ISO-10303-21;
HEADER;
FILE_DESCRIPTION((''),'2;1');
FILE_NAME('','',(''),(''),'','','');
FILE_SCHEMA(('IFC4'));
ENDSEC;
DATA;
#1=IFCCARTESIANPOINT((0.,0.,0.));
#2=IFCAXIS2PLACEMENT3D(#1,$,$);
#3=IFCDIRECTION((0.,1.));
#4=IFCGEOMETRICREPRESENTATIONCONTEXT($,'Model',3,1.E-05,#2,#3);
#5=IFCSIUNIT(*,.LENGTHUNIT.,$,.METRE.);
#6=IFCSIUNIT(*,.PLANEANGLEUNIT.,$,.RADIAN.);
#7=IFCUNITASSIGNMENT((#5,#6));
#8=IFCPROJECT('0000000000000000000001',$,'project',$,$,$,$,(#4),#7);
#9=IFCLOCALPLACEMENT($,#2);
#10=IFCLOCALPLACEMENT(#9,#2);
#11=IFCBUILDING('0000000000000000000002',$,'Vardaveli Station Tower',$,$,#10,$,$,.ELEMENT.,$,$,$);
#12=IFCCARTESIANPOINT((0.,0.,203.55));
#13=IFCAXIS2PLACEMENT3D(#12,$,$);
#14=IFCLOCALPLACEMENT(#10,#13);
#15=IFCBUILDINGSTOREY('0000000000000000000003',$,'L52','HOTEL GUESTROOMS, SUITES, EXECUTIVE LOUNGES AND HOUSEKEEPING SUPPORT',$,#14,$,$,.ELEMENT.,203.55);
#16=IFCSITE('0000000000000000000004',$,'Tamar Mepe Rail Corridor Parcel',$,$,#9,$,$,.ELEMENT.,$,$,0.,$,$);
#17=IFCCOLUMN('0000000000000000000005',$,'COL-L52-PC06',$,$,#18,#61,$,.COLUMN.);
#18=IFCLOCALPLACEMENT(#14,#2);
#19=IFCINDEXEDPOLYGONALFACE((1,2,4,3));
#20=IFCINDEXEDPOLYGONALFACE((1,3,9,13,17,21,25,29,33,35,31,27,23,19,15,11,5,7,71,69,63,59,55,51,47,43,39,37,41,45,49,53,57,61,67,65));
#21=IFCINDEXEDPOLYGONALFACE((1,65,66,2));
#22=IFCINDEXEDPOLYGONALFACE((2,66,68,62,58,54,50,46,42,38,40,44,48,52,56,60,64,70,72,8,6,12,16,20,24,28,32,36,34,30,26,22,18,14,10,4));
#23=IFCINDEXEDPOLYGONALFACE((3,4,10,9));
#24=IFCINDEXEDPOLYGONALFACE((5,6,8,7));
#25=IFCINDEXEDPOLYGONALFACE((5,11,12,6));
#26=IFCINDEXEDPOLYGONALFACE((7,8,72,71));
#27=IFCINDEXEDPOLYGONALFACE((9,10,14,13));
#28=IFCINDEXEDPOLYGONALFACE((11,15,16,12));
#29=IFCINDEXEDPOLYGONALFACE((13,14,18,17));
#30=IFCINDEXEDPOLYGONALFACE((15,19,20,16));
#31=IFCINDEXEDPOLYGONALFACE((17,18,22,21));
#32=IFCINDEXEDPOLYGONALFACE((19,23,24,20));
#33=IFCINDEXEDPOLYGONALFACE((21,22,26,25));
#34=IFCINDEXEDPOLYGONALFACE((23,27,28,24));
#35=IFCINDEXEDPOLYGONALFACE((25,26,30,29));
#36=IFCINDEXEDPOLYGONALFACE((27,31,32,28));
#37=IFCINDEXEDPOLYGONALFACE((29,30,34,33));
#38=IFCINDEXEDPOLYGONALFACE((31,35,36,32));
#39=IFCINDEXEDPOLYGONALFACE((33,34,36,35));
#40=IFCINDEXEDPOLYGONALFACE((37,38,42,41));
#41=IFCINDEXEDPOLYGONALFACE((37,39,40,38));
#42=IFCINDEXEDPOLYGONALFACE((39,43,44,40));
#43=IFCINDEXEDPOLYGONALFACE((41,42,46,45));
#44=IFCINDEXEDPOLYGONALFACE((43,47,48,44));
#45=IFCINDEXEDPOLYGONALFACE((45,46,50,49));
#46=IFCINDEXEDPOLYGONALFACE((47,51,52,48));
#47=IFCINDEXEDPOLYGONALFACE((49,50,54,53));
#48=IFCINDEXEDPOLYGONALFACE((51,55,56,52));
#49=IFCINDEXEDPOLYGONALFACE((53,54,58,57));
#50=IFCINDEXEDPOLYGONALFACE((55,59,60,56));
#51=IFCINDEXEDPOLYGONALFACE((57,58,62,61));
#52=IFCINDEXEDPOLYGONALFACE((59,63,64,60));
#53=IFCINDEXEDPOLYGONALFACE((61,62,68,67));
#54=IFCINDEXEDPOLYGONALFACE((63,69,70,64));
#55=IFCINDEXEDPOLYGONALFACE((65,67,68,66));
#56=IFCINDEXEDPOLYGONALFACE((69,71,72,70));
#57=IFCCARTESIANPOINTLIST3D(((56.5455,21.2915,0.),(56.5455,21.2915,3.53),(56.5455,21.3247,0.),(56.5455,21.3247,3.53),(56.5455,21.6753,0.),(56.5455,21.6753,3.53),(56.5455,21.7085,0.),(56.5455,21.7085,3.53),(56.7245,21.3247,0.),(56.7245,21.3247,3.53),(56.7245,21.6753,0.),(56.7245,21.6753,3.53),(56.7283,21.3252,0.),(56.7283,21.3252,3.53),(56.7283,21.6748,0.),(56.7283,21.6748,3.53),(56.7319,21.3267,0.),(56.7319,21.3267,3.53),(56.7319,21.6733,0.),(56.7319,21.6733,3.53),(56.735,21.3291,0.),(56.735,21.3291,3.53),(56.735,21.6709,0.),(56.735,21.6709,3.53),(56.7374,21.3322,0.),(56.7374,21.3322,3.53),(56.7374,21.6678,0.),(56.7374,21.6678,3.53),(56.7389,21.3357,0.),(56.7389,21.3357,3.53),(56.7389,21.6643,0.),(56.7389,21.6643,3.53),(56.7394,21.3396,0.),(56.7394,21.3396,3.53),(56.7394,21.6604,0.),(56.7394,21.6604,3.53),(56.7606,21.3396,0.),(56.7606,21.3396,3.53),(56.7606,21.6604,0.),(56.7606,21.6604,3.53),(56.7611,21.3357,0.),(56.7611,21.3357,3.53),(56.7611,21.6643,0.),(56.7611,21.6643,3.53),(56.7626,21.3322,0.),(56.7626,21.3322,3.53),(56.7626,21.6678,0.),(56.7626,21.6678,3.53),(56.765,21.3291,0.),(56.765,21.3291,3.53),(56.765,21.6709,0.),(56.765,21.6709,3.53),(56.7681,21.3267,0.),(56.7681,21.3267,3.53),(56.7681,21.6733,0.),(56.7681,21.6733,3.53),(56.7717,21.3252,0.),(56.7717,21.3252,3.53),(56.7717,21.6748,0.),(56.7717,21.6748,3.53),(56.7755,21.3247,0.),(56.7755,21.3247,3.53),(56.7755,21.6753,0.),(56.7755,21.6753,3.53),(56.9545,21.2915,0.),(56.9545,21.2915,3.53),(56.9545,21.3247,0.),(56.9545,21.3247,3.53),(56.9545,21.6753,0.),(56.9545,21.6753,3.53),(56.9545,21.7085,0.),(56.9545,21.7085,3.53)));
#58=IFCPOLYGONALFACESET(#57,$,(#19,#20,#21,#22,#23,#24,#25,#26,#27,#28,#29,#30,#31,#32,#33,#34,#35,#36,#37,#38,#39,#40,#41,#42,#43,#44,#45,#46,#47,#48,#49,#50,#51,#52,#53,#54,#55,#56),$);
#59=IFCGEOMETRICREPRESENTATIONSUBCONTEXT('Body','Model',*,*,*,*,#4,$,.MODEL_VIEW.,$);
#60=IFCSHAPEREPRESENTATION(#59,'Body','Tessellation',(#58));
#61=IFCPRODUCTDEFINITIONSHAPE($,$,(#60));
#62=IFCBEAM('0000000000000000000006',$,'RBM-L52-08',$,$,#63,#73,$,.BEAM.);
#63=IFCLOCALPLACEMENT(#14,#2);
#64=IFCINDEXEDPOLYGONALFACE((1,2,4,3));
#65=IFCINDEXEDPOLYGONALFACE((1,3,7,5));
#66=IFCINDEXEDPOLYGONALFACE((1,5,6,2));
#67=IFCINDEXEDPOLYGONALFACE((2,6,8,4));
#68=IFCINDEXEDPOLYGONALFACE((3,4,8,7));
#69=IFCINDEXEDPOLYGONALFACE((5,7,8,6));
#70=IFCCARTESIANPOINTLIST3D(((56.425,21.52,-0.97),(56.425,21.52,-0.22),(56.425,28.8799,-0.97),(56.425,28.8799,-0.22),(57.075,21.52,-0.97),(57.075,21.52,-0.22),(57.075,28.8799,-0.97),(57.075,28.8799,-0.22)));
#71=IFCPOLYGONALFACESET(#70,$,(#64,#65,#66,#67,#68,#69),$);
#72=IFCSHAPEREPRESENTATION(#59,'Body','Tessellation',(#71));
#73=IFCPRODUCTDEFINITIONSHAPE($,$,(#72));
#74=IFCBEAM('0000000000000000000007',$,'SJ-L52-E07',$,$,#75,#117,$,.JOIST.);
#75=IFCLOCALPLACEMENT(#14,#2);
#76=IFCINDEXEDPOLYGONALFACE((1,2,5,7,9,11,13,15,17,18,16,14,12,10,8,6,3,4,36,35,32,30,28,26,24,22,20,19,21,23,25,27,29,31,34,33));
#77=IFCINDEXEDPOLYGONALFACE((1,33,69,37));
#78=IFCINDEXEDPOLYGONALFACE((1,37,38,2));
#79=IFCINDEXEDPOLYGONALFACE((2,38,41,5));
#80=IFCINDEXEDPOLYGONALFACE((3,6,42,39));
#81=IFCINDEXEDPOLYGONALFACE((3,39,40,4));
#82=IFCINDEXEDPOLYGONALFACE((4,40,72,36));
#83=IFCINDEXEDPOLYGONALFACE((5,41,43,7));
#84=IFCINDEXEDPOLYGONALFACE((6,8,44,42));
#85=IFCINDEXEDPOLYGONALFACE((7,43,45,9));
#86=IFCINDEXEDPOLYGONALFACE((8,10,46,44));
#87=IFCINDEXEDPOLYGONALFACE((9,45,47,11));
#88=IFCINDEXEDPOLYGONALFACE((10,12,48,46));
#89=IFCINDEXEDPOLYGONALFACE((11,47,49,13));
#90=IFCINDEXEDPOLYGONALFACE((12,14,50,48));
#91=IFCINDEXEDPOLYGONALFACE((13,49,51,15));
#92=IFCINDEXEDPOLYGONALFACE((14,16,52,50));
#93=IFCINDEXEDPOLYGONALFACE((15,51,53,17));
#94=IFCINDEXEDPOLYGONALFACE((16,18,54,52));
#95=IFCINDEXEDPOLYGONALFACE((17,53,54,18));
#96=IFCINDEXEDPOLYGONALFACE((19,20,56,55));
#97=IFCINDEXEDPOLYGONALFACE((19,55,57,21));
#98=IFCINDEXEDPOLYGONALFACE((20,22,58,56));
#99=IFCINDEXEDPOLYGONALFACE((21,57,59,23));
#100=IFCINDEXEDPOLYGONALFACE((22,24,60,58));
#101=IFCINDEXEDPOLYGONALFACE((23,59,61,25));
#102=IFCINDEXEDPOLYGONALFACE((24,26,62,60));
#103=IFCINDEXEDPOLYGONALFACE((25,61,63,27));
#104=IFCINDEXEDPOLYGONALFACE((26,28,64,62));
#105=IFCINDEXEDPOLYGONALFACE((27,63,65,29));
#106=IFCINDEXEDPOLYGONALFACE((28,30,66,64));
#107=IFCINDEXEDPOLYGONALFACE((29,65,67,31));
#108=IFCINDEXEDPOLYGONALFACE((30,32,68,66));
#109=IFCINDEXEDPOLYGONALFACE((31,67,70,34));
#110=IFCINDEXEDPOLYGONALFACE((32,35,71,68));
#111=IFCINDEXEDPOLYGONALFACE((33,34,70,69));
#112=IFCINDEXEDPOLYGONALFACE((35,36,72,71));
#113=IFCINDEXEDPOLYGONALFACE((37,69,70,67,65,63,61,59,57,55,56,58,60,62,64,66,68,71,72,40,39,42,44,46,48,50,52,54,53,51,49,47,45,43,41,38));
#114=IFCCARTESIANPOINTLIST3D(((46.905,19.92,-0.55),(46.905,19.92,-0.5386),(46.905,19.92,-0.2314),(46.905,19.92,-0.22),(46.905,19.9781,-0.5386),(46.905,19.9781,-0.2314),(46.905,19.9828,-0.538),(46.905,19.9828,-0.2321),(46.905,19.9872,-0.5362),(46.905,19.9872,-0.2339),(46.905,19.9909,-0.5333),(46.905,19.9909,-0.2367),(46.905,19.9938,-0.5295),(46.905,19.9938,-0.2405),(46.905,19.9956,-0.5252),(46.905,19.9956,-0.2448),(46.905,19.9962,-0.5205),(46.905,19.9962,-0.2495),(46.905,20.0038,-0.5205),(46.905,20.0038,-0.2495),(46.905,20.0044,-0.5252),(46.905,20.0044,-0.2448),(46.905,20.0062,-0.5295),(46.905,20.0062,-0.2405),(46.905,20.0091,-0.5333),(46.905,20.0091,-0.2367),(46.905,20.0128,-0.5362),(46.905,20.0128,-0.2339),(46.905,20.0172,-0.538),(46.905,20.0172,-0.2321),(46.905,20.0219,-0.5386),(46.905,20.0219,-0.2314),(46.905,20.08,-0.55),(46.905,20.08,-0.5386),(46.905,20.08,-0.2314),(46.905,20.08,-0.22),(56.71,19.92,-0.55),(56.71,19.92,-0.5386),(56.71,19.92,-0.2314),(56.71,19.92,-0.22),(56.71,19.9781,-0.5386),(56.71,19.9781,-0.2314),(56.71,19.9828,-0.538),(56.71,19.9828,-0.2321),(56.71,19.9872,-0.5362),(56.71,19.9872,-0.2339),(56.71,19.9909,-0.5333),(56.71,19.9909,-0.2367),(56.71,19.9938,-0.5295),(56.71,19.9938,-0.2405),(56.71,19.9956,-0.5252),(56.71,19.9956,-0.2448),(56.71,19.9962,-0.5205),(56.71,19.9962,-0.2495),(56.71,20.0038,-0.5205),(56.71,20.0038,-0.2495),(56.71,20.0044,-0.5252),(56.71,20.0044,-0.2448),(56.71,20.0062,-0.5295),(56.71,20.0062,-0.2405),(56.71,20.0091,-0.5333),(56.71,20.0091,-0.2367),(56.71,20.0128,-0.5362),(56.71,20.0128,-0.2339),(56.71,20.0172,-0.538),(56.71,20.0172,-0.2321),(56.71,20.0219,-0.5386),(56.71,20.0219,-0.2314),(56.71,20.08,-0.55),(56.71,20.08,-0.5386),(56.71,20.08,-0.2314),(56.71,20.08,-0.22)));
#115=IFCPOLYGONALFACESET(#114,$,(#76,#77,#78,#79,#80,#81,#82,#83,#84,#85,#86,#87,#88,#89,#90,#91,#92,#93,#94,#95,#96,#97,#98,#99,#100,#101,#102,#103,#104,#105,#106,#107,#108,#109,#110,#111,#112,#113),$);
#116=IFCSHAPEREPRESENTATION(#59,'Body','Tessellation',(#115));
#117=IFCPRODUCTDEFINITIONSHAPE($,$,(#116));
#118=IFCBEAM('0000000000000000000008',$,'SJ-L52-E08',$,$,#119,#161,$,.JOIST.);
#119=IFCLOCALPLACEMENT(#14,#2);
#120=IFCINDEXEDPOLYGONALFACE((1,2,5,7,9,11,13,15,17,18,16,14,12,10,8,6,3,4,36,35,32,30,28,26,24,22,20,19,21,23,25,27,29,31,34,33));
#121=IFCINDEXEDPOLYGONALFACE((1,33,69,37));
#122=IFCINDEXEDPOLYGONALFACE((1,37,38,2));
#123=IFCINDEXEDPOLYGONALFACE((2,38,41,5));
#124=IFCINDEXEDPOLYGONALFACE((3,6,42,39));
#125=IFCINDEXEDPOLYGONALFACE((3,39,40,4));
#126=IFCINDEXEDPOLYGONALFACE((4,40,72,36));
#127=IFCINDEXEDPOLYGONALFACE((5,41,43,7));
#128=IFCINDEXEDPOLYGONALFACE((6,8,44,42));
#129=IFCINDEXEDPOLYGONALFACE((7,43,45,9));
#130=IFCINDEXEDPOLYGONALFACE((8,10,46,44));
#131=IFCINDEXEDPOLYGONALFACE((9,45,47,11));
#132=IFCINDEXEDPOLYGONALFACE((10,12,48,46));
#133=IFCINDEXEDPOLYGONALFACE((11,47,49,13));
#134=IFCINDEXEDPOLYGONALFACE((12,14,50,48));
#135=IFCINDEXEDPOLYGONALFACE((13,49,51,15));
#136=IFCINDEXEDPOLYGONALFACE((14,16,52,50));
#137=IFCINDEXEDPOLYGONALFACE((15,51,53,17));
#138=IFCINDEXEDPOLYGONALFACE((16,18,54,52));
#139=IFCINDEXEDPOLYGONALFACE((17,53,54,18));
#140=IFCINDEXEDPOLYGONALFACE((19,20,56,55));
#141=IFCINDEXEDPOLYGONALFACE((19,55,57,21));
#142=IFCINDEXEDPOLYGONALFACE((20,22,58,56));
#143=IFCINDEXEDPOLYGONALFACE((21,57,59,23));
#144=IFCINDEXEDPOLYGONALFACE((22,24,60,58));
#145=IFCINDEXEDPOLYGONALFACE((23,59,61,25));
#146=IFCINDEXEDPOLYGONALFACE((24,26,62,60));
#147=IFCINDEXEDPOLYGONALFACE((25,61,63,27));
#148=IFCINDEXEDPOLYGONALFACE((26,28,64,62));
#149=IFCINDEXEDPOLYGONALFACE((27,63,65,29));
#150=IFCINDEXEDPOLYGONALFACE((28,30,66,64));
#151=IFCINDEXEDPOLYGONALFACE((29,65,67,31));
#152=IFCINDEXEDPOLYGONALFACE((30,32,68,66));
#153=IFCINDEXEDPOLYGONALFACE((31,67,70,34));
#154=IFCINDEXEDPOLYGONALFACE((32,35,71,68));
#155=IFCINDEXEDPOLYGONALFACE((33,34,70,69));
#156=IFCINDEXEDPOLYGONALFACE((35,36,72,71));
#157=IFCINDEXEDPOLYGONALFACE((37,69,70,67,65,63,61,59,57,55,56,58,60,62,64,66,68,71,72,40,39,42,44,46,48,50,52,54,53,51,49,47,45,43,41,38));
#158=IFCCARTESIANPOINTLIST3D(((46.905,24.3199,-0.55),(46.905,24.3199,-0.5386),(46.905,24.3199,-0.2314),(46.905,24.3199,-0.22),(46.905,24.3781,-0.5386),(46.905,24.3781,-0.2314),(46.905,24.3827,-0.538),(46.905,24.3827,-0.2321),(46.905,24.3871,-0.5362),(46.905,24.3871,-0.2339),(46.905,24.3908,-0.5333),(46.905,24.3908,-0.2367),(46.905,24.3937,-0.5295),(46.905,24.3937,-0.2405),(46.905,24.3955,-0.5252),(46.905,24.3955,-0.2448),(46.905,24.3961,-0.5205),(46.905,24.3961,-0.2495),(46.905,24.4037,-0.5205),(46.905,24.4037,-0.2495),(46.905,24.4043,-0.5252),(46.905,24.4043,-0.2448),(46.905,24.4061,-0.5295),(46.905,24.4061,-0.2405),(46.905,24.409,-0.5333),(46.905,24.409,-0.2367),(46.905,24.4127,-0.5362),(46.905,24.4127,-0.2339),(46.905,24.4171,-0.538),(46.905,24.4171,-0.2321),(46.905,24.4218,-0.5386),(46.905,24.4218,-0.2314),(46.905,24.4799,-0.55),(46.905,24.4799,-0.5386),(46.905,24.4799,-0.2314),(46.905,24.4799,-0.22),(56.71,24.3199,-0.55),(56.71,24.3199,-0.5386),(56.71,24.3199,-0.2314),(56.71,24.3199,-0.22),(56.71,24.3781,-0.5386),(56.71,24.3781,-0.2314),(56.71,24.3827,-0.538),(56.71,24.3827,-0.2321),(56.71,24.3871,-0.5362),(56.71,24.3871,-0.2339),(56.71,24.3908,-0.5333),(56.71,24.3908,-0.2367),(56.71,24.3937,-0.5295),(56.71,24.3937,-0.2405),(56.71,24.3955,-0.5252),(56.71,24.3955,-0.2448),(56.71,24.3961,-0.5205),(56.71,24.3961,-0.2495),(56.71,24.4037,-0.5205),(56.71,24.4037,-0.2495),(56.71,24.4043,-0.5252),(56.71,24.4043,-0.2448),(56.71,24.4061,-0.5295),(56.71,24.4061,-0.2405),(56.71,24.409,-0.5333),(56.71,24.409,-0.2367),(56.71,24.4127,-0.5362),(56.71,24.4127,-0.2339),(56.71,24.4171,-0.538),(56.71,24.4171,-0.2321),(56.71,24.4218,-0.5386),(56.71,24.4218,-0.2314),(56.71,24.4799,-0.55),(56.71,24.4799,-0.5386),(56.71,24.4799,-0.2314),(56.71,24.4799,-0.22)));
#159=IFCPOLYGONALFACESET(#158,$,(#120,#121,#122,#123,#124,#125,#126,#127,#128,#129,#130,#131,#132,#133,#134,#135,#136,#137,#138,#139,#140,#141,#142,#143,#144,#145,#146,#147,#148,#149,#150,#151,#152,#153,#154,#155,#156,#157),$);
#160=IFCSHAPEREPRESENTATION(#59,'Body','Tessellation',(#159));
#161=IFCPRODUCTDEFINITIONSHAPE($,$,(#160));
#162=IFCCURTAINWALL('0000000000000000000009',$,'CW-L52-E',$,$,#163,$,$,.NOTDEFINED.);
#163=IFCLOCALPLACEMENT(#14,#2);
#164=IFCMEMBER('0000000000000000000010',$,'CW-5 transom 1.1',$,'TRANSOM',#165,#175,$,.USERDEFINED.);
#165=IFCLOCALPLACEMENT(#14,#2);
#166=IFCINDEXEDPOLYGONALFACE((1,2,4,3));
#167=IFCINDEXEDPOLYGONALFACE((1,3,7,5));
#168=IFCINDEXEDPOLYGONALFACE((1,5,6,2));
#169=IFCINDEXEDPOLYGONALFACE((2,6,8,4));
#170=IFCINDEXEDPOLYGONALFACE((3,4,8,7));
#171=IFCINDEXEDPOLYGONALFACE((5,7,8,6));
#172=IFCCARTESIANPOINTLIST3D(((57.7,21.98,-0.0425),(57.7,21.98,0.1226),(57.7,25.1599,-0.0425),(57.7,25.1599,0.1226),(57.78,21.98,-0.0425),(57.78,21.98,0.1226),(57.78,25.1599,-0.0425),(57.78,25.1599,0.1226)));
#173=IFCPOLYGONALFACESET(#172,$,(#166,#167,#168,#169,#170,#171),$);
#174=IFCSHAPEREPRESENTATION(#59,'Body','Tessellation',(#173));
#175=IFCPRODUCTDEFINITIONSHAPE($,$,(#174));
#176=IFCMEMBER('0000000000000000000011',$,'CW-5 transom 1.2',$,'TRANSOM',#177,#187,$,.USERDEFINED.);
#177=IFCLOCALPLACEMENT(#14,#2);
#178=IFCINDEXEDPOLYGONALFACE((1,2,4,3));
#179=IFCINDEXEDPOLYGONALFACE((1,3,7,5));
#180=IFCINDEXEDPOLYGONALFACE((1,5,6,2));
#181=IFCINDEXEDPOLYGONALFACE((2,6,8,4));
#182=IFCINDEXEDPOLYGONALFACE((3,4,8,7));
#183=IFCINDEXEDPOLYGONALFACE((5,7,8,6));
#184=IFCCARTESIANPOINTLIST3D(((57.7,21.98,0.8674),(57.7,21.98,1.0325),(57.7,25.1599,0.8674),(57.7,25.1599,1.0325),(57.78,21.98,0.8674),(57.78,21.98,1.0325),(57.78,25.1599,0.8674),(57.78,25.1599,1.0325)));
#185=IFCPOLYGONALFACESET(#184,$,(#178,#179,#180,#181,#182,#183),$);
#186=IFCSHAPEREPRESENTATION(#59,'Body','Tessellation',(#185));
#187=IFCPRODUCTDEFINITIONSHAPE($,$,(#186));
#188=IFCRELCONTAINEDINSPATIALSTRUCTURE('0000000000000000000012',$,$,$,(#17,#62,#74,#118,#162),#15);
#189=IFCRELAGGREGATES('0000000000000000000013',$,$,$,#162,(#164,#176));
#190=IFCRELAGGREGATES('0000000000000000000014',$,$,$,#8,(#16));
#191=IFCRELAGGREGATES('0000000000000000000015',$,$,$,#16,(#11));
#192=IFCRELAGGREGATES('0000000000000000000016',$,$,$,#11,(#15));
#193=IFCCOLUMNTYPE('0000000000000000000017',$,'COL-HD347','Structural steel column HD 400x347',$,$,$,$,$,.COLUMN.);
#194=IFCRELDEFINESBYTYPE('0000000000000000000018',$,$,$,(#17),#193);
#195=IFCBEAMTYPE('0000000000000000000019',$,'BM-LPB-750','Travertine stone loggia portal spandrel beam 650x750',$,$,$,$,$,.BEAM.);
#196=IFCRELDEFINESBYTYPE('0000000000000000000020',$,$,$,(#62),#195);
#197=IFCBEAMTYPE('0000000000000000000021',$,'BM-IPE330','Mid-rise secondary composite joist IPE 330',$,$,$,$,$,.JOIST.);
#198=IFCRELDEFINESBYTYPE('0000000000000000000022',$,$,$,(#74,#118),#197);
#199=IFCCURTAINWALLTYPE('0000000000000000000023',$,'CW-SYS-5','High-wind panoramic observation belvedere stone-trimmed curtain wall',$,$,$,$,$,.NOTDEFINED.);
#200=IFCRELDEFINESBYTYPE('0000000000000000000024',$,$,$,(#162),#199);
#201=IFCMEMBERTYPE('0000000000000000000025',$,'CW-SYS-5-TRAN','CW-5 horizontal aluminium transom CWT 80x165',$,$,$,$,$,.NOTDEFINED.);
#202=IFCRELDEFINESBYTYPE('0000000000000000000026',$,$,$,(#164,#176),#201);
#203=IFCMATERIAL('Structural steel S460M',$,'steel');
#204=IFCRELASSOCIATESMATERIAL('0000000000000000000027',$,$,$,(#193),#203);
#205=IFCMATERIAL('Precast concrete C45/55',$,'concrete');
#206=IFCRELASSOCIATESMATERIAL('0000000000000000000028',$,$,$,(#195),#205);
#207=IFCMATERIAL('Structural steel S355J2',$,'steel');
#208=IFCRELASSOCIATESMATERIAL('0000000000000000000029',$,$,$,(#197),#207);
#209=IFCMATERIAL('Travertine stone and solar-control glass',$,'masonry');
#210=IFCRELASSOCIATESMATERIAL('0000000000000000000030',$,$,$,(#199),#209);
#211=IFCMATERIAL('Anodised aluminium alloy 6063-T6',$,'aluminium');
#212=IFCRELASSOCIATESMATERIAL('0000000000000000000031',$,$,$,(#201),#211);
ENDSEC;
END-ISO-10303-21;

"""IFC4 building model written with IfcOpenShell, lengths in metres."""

from ifc_helpers import new_model, si_unit, direction, frame, origin, origin_2d, place, context, subcontext, project, spatial, rectangle, i_section, extrude, source, transform, mapped, material, material_profile, profile_set, type_object, element, aggregate, save


model = new_model("IFC4")

# Units and contexts
model_context = context("Model", 3, precision=1e-05, world=origin(), true_north=direction((0.0, 1.0)))
body_context = subcontext(model_context, "Body", "Model", "MODEL_VIEW")
ifc_project = project(units=[si_unit("LENGTHUNIT", "METRE"), si_unit("PLANEANGLEUNIT", "RADIAN")], contexts=[model_context])

# Site, building, storey
site_placement = place(None, origin())
site = spatial("IfcSite", under=ifc_project, at=site_placement, Name="Tamar Mepe Rail Corridor Parcel", CompositionType="ELEMENT", RefElevation=0.0)
building_placement = place(site_placement, origin())
building = spatial("IfcBuilding", under=site, at=building_placement, Name="Vardaveli Station Tower", CompositionType="ELEMENT")
storey_placement = place(building_placement, frame((0.0, 0.0, 203.55)))
storey = spatial("IfcBuildingStorey", under=building, at=storey_placement, Name="L52", Description="HOTEL GUESTROOMS, SUITES, EXECUTIVE LOUNGES AND HOUSEKEEPING SUPPORT", CompositionType="ELEMENT", Elevation=203.55)

# Column
ifc_material_1 = material(Name="Structural steel S460M", Category="steel")
ifc_material_profile_1 = material_profile(ifc_material_1, i_section(OverallWidth=0.4089, OverallDepth=0.417, WebThickness=0.0212, FlangeThickness=0.0332, FilletRadius=0.0149, at=origin_2d()), Name="HD 400x347")
ifc_profile_set_1 = profile_set([ifc_material_profile_1], Name="Structural steel S460M")
column_type = type_object("IfcColumnType", Name="COL-HD347", Description="Structural steel column HD 400x347", PredefinedType="COLUMN", material=ifc_profile_set_1)
shared_shape_1 = source(origin(), body_context, "Body", "SweptSolid", [
    extrude(i_section(OverallWidth=0.4089, OverallDepth=0.417, WebThickness=0.0212, FlangeThickness=0.0332, FilletRadius=0.0149, at=origin_2d()), origin(), (0.0, 0.0, 1.0), 3.53),
])
column_placement = place(storey_placement, frame((56.75, 21.5, 0.0), z_axis=(0.0, 0.0, 1.0), x_axis=(1.0, 0.0, 0.0)))
element("IfcColumn", 1, at=column_placement, inside=storey, type_object=column_type, Name="COL-L52-PC06", PredefinedType="COLUMN", context=body_context, shape_type="MappedRepresentation", body=[
    mapped(shared_shape_1, transform((0.0, 0.0, 0.0), scale=1.0)),
])

# Beams
ifc_material_2 = material(Name="Precast concrete C45/55", Category="concrete")
ifc_material_profile_2 = material_profile(ifc_material_2, rectangle(XDim=0.6499, YDim=0.75, at=origin_2d()), Name="LPB 650x750")
ifc_profile_set_2 = profile_set([ifc_material_profile_2], Name="Precast concrete C45/55")
beam_type_1 = type_object("IfcBeamType", Name="BM-LPB-750", Description="Travertine stone loggia portal spandrel beam 650x750", PredefinedType="BEAM", material=ifc_profile_set_2)
shared_shape_2 = source(origin(), body_context, "Body", "SweptSolid", [
    extrude(rectangle(XDim=0.6499, YDim=0.75, at=origin_2d()), origin(), (0.0, 0.0, 1.0), 7.3599),
])
beam_placement = place(storey_placement, frame((56.75, 21.52, -0.595), z_axis=(0.0, 1.0, 0.0), x_axis=(-1.0, 0.0, 0.0)))
element("IfcBeam", 2, at=beam_placement, inside=storey, type_object=beam_type_1, Name="RBM-L52-08", PredefinedType="BEAM", context=body_context, shape_type="MappedRepresentation", body=[
    mapped(shared_shape_2, transform((0.0, 0.0, 0.0), scale=1.0)),
])
ifc_material_3 = material(Name="Structural steel S355J2", Category="steel")
ifc_material_profile_3 = material_profile(ifc_material_3, i_section(OverallWidth=0.1599, OverallDepth=0.3301, WebThickness=0.0076, FlangeThickness=0.0115, FilletRadius=0.0181, at=origin_2d()), Name="IPE 330")
ifc_profile_set_3 = profile_set([ifc_material_profile_3], Name="Structural steel S355J2")
beam_type_2 = type_object("IfcBeamType", Name="BM-IPE330", Description="Mid-rise secondary composite joist IPE 330", PredefinedType="JOIST", material=ifc_profile_set_3)
shared_shape_3 = source(origin(), body_context, "Body", "SweptSolid", [
    extrude(i_section(OverallWidth=0.1599, OverallDepth=0.3301, WebThickness=0.0076, FlangeThickness=0.0115, FilletRadius=0.0181, at=origin_2d()), origin(), (0.0, 0.0, 1.0), 9.8049),
])
for number, where, z_axis, x_axis, name in (
    (3, (46.905, 20.0, -0.385), (1.0, 0.0, 0.0), (0.0, 1.0, 0.0), "SJ-L52-E07"),
    (4, (46.905, 24.3999, -0.385), (1.0, 0.0, 0.0), (0.0, 1.0, 0.0), "SJ-L52-E08"),
):
    element("IfcBeam", number, at=place(storey_placement, frame(where, z_axis=z_axis, x_axis=x_axis)), inside=storey, type_object=beam_type_2, Name=name, PredefinedType="JOIST", context=body_context, shape_type="MappedRepresentation", body=[
        mapped(shared_shape_3, transform((0.0, 0.0, 0.0), scale=1.0)),
    ])

# Curtain wall, members
ifc_material_4 = material(Name="Travertine stone and solar-control glass", Category="masonry")
curtain_wall_type = type_object("IfcCurtainWallType", Name="CW-SYS-5", Description="High-wind panoramic observation belvedere stone-trimmed curtain wall", PredefinedType="NOTDEFINED", material=ifc_material_4)
curtain_wall_placement = place(storey_placement, origin())
curtain_wall = element("IfcCurtainWall", 5, at=curtain_wall_placement, inside=storey, type_object=curtain_wall_type, Name="CW-L52-E", PredefinedType="NOTDEFINED")
ifc_material_5 = material(Name="Anodised aluminium alloy 6063-T6", Category="aluminium")
ifc_material_profile_4 = material_profile(ifc_material_5, rectangle(XDim=0.0801, YDim=0.165, at=origin_2d()), Name="CWT 80x165")
ifc_profile_set_4 = profile_set([ifc_material_profile_4], Name="Anodised aluminium alloy 6063-T6")
member_type_1 = type_object("IfcMemberType", Name="CW-SYS-5-TRAN", Description="CW-5 horizontal aluminium transom CWT 80x165", PredefinedType="NOTDEFINED", material=ifc_profile_set_4)
shared_shape_4 = source(origin(), body_context, "Body", "SweptSolid", [
    extrude(rectangle(XDim=0.0801, YDim=0.165, at=origin_2d()), origin(), (0.0, 0.0, 1.0), 3.1799),
])
member_1_placement = place(storey_placement, frame((57.74, 21.98, 0.04), z_axis=(0.0, 1.0, 0.0), x_axis=(-1.0, 0.0, 0.0)))
member_1 = element("IfcMember", 6, at=member_1_placement, type_object=member_type_1, Name="CW-5 transom 1.1", ObjectType="TRANSOM", PredefinedType="USERDEFINED", context=body_context, shape_type="MappedRepresentation", body=[
    mapped(shared_shape_4, transform((0.0, 0.0, 0.0), scale=1.0)),
])
member_2_placement = place(storey_placement, frame((57.74, 21.98, 0.95), z_axis=(0.0, 1.0, 0.0), x_axis=(-1.0, 0.0, 0.0)))
member_2 = element("IfcMember", 7, at=member_2_placement, type_object=member_type_1, Name="CW-5 transom 1.2", ObjectType="TRANSOM", PredefinedType="USERDEFINED", context=body_context, shape_type="MappedRepresentation", body=[
    mapped(shared_shape_4, transform((0.0, 0.0, 0.0), scale=1.0)),
])
aggregate(curtain_wall, [member_1, member_2])

save(model, "model.ifc")
